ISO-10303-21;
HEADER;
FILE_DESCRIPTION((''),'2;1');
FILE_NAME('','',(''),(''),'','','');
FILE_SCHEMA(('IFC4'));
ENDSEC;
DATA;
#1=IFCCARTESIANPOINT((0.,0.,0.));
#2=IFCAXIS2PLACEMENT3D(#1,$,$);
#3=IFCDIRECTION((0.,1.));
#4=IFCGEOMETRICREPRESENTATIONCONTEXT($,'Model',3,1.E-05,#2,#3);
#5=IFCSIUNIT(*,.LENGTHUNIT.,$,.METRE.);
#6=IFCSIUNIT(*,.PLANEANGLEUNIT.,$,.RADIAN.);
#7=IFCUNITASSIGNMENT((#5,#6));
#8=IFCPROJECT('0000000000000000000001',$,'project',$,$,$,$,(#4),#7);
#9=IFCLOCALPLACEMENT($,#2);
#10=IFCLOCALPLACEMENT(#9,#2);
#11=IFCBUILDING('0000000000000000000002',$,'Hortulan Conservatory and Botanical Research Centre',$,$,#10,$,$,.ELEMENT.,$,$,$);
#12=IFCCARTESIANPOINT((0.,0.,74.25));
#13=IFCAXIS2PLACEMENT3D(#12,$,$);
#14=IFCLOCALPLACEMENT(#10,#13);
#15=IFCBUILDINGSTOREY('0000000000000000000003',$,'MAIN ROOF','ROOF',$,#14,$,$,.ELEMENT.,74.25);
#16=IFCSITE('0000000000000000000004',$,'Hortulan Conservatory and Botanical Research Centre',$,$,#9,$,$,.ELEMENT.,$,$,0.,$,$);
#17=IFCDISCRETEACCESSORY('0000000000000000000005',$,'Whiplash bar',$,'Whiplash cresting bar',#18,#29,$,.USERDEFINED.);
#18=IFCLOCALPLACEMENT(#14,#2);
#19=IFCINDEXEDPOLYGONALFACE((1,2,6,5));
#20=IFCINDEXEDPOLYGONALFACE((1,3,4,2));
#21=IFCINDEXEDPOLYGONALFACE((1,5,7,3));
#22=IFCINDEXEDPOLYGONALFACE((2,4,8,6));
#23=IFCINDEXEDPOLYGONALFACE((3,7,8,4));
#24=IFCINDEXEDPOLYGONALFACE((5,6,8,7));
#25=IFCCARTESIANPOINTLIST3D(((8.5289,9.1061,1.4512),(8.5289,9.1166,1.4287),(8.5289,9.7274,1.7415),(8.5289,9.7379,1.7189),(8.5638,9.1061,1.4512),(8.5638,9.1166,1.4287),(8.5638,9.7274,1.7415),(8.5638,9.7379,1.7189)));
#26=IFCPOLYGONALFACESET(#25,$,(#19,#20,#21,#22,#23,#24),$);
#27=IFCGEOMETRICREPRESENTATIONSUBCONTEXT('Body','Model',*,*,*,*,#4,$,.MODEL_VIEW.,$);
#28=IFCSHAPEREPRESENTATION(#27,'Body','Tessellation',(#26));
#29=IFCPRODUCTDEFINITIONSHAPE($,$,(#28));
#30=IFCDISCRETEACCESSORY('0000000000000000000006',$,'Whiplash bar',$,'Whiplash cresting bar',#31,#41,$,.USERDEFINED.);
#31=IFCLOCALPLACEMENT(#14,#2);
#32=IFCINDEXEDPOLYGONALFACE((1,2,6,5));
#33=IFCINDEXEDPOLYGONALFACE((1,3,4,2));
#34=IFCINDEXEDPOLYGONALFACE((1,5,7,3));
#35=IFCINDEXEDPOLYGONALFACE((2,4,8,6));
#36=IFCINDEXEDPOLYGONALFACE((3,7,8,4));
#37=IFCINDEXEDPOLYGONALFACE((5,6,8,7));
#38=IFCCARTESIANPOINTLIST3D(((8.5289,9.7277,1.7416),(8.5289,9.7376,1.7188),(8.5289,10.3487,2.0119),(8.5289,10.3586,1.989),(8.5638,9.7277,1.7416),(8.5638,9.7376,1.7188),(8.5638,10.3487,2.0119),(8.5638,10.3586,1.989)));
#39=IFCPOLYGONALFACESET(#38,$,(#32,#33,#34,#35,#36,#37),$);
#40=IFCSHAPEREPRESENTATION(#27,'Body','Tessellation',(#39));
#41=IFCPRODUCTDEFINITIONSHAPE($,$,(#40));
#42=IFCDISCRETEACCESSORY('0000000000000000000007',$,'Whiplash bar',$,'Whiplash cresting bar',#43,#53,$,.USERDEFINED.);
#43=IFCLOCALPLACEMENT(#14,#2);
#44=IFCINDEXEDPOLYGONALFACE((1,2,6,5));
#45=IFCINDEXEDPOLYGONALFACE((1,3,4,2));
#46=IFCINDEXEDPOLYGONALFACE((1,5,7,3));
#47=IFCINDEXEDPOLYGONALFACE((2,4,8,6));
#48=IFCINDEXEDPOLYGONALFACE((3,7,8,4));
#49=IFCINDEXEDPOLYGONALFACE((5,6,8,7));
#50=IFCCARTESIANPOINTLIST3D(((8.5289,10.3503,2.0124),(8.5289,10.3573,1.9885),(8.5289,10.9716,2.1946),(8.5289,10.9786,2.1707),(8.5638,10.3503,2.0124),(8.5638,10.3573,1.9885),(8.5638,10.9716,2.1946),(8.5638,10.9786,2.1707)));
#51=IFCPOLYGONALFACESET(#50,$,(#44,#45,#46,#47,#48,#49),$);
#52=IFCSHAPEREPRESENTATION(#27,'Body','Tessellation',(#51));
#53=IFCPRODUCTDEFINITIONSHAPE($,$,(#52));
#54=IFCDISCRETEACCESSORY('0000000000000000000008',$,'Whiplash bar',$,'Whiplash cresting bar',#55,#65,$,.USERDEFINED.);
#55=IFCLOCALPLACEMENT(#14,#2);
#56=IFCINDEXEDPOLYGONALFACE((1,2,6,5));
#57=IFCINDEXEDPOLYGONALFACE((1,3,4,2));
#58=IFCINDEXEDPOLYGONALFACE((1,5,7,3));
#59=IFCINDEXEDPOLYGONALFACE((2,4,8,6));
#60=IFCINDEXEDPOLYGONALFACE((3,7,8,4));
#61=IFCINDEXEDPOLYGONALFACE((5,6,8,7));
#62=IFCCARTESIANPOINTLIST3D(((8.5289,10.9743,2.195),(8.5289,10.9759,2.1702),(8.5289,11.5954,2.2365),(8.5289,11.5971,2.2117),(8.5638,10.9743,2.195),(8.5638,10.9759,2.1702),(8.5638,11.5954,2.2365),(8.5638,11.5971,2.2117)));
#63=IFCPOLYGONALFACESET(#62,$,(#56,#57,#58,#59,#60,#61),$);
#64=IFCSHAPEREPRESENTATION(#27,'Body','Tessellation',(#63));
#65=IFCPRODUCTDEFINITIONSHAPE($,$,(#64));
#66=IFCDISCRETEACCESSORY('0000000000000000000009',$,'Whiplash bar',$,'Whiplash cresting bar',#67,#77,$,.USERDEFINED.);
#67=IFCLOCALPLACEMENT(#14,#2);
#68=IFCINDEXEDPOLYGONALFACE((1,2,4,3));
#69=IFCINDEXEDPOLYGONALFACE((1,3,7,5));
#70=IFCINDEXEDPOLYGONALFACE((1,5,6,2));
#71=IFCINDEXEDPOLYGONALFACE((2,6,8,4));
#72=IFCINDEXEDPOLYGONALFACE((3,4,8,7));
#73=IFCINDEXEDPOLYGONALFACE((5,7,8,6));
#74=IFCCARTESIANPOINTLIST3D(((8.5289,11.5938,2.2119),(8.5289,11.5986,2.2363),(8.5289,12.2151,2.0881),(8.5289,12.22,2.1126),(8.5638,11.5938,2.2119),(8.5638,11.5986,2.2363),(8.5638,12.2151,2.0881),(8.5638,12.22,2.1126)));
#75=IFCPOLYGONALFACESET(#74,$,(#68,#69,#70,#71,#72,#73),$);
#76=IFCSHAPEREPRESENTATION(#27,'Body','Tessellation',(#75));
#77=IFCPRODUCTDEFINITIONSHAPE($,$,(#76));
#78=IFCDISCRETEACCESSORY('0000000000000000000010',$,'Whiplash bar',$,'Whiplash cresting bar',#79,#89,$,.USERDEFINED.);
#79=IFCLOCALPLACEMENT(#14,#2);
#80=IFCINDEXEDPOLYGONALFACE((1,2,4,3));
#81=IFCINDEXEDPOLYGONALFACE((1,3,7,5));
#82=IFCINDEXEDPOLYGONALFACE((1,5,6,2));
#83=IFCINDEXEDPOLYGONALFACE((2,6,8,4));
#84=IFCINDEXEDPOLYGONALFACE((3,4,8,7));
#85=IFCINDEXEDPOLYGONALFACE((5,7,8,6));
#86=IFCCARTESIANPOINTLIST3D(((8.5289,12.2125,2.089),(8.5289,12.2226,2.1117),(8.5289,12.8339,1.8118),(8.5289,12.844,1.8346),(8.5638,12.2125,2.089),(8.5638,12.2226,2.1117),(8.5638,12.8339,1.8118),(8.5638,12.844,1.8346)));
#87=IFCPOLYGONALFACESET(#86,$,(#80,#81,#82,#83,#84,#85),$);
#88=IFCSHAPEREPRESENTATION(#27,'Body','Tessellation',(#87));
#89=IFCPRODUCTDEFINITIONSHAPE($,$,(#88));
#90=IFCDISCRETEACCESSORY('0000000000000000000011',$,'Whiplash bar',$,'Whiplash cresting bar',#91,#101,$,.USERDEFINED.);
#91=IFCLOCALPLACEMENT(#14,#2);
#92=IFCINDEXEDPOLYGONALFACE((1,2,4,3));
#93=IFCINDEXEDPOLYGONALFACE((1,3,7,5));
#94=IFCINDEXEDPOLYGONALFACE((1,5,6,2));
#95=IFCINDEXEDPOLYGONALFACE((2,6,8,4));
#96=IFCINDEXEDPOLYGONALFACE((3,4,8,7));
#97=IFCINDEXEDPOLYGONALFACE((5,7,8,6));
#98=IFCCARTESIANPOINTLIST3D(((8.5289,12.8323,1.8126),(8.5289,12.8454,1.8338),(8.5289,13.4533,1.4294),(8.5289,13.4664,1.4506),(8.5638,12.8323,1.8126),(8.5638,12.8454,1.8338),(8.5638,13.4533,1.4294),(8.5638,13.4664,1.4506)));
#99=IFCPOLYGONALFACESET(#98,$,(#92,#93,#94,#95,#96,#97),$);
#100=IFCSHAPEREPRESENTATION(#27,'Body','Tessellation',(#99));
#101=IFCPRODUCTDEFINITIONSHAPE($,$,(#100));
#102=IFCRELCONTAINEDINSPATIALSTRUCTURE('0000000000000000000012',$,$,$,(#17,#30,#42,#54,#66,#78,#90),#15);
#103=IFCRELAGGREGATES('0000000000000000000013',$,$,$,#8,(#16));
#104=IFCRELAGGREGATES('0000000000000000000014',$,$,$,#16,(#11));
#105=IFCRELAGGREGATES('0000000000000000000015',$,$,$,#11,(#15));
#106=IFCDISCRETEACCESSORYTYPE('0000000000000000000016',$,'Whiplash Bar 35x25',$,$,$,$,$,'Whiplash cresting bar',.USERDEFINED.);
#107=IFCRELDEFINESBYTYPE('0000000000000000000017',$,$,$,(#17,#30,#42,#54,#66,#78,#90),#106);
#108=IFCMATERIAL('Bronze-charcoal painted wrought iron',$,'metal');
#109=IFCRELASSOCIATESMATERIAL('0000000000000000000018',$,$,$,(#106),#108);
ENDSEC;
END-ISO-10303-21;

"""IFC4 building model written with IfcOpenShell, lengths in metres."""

from ifc_helpers import new_model, si_unit, direction, frame, origin, origin_2d, place, context, subcontext, project, spatial, rectangle, extrude, material, material_profile, profile_set, type_object, element, save


model = new_model("IFC4")

# Units and contexts
model_context = context("Model", 3, precision=1e-05, world=origin(), true_north=direction((0.0, 1.0)))
body_context = subcontext(model_context, "Body", "Model", "MODEL_VIEW")
ifc_project = project(units=[si_unit("LENGTHUNIT", "METRE"), si_unit("PLANEANGLEUNIT", "RADIAN")], contexts=[model_context])

# Site, building, storey
site_placement = place(None, origin())
site = spatial("IfcSite", under=ifc_project, at=site_placement, Name="Hortulan Conservatory and Botanical Research Centre", CompositionType="ELEMENT", RefElevation=0.0)
building_placement = place(site_placement, origin())
building = spatial("IfcBuilding", under=site, at=building_placement, Name="Hortulan Conservatory and Botanical Research Centre", CompositionType="ELEMENT")
storey_placement = place(building_placement, frame((0.0, 0.0, 74.25)))
storey = spatial("IfcBuildingStorey", under=building, at=storey_placement, Name="MAIN ROOF", Description="ROOF", CompositionType="ELEMENT", Elevation=74.25)

# Discrete accessories
ifc_material = material(Name="Bronze-charcoal painted wrought iron", Category="metal")
ifc_material_profile_1 = material_profile(ifc_material, rectangle(XDim=0.0349, YDim=0.0249, at=origin_2d()), Name="Flat bar 35x25")
ifc_profile_set_1 = profile_set([ifc_material_profile_1], Name="Bronze-charcoal painted wrought iron")
discrete_accessory_type_1 = type_object("IfcDiscreteAccessoryType", Name="Whiplash Bar 35x25", ElementType="Whiplash cresting bar", PredefinedType="USERDEFINED", material=ifc_profile_set_1)
discrete_accessory_1_placement = place(storey_placement, frame((8.5464, 9.1113, 1.4399), z_axis=(0.0, 0.906001, 0.423275), x_axis=(-1.0, 0.0, 0.0)))
element("IfcDiscreteAccessory", 1, at=discrete_accessory_1_placement, inside=storey, type_object=discrete_accessory_type_1, Name="Whiplash bar", ObjectType="Whiplash cresting bar", PredefinedType="USERDEFINED", context=body_context, shape_type="SweptSolid", body=[
    extrude(rectangle(XDim=0.0349, YDim=0.0249, at=origin_2d()), origin(), (0.0, 0.0, 1.0), 0.6858),
])
discrete_accessory_2_placement = place(storey_placement, frame((8.5464, 9.7327, 1.7302), z_axis=(0.0, 0.91695, 0.399003), x_axis=(-1.0, 0.0, 0.0)))
element("IfcDiscreteAccessory", 2, at=discrete_accessory_2_placement, inside=storey, type_object=discrete_accessory_type_1, Name="Whiplash bar", ObjectType="Whiplash cresting bar", PredefinedType="USERDEFINED", context=body_context, shape_type="SweptSolid", body=[
    extrude(rectangle(XDim=0.0349, YDim=0.0249, at=origin_2d()), origin(), (0.0, 0.0, 1.0), 0.6772),
])
discrete_accessory_3_placement = place(storey_placement, frame((8.5464, 10.3538, 2.0005), z_axis=(0.0, 0.959623, 0.281288), x_axis=(-1.0, 0.0, 0.0)))
element("IfcDiscreteAccessory", 3, at=discrete_accessory_3_placement, inside=storey, type_object=discrete_accessory_type_1, Name="Whiplash bar", ObjectType="Whiplash cresting bar", PredefinedType="USERDEFINED", context=body_context, shape_type="SweptSolid", body=[
    extrude(rectangle(XDim=0.0349, YDim=0.0249, at=origin_2d()), origin(), (0.0, 0.0, 1.0), 0.6475),
])
discrete_accessory_4_placement = place(storey_placement, frame((8.5464, 10.9751, 2.1826), z_axis=(0.0, 0.997775, 0.066675), x_axis=(-1.0, 0.0, 0.0)))
element("IfcDiscreteAccessory", 4, at=discrete_accessory_4_placement, inside=storey, type_object=discrete_accessory_type_1, Name="Whiplash bar", ObjectType="Whiplash cresting bar", PredefinedType="USERDEFINED", context=body_context, shape_type="SweptSolid", body=[
    extrude(rectangle(XDim=0.0349, YDim=0.0249, at=origin_2d()), origin(), (0.0, 0.0, 1.0), 0.6226),
])
discrete_accessory_5_placement = place(storey_placement, frame((8.5464, 11.5962, 2.2241), z_axis=(0.0, 0.980729, -0.195375), x_axis=(-1.0, 0.0, 0.0)))
element("IfcDiscreteAccessory", 5, at=discrete_accessory_5_placement, inside=storey, type_object=discrete_accessory_type_1, Name="Whiplash bar", ObjectType="Whiplash cresting bar", PredefinedType="USERDEFINED", context=body_context, shape_type="SweptSolid", body=[
    extrude(rectangle(XDim=0.0349, YDim=0.0249, at=origin_2d()), origin(), (0.0, 0.0, 1.0), 0.6335),
])
discrete_accessory_6_placement = place(storey_placement, frame((8.5464, 12.2175, 2.1003), z_axis=(0.0, 0.913293, -0.407303), x_axis=(-1.0, 0.0, 0.0)))
element("IfcDiscreteAccessory", 6, at=discrete_accessory_6_placement, inside=storey, type_object=discrete_accessory_type_1, Name="Whiplash bar", ObjectType="Whiplash cresting bar", PredefinedType="USERDEFINED", context=body_context, shape_type="SweptSolid", body=[
    extrude(rectangle(XDim=0.0349, YDim=0.0249, at=origin_2d()), origin(), (0.0, 0.0, 1.0), 0.6804),
])
discrete_accessory_7_placement = place(storey_placement, frame((8.5464, 12.8389, 1.8232), z_axis=(0.0, 0.850991, -0.525179), x_axis=(-1.0, 0.0, 0.0)))
element("IfcDiscreteAccessory", 7, at=discrete_accessory_7_placement, inside=storey, type_object=discrete_accessory_type_1, Name="Whiplash bar", ObjectType="Whiplash cresting bar", PredefinedType="USERDEFINED", context=body_context, shape_type="SweptSolid", body=[
    extrude(rectangle(XDim=0.0349, YDim=0.0249, at=origin_2d()), origin(), (0.0, 0.0, 1.0), 0.7297),
])

save(model, "model.ifc")
